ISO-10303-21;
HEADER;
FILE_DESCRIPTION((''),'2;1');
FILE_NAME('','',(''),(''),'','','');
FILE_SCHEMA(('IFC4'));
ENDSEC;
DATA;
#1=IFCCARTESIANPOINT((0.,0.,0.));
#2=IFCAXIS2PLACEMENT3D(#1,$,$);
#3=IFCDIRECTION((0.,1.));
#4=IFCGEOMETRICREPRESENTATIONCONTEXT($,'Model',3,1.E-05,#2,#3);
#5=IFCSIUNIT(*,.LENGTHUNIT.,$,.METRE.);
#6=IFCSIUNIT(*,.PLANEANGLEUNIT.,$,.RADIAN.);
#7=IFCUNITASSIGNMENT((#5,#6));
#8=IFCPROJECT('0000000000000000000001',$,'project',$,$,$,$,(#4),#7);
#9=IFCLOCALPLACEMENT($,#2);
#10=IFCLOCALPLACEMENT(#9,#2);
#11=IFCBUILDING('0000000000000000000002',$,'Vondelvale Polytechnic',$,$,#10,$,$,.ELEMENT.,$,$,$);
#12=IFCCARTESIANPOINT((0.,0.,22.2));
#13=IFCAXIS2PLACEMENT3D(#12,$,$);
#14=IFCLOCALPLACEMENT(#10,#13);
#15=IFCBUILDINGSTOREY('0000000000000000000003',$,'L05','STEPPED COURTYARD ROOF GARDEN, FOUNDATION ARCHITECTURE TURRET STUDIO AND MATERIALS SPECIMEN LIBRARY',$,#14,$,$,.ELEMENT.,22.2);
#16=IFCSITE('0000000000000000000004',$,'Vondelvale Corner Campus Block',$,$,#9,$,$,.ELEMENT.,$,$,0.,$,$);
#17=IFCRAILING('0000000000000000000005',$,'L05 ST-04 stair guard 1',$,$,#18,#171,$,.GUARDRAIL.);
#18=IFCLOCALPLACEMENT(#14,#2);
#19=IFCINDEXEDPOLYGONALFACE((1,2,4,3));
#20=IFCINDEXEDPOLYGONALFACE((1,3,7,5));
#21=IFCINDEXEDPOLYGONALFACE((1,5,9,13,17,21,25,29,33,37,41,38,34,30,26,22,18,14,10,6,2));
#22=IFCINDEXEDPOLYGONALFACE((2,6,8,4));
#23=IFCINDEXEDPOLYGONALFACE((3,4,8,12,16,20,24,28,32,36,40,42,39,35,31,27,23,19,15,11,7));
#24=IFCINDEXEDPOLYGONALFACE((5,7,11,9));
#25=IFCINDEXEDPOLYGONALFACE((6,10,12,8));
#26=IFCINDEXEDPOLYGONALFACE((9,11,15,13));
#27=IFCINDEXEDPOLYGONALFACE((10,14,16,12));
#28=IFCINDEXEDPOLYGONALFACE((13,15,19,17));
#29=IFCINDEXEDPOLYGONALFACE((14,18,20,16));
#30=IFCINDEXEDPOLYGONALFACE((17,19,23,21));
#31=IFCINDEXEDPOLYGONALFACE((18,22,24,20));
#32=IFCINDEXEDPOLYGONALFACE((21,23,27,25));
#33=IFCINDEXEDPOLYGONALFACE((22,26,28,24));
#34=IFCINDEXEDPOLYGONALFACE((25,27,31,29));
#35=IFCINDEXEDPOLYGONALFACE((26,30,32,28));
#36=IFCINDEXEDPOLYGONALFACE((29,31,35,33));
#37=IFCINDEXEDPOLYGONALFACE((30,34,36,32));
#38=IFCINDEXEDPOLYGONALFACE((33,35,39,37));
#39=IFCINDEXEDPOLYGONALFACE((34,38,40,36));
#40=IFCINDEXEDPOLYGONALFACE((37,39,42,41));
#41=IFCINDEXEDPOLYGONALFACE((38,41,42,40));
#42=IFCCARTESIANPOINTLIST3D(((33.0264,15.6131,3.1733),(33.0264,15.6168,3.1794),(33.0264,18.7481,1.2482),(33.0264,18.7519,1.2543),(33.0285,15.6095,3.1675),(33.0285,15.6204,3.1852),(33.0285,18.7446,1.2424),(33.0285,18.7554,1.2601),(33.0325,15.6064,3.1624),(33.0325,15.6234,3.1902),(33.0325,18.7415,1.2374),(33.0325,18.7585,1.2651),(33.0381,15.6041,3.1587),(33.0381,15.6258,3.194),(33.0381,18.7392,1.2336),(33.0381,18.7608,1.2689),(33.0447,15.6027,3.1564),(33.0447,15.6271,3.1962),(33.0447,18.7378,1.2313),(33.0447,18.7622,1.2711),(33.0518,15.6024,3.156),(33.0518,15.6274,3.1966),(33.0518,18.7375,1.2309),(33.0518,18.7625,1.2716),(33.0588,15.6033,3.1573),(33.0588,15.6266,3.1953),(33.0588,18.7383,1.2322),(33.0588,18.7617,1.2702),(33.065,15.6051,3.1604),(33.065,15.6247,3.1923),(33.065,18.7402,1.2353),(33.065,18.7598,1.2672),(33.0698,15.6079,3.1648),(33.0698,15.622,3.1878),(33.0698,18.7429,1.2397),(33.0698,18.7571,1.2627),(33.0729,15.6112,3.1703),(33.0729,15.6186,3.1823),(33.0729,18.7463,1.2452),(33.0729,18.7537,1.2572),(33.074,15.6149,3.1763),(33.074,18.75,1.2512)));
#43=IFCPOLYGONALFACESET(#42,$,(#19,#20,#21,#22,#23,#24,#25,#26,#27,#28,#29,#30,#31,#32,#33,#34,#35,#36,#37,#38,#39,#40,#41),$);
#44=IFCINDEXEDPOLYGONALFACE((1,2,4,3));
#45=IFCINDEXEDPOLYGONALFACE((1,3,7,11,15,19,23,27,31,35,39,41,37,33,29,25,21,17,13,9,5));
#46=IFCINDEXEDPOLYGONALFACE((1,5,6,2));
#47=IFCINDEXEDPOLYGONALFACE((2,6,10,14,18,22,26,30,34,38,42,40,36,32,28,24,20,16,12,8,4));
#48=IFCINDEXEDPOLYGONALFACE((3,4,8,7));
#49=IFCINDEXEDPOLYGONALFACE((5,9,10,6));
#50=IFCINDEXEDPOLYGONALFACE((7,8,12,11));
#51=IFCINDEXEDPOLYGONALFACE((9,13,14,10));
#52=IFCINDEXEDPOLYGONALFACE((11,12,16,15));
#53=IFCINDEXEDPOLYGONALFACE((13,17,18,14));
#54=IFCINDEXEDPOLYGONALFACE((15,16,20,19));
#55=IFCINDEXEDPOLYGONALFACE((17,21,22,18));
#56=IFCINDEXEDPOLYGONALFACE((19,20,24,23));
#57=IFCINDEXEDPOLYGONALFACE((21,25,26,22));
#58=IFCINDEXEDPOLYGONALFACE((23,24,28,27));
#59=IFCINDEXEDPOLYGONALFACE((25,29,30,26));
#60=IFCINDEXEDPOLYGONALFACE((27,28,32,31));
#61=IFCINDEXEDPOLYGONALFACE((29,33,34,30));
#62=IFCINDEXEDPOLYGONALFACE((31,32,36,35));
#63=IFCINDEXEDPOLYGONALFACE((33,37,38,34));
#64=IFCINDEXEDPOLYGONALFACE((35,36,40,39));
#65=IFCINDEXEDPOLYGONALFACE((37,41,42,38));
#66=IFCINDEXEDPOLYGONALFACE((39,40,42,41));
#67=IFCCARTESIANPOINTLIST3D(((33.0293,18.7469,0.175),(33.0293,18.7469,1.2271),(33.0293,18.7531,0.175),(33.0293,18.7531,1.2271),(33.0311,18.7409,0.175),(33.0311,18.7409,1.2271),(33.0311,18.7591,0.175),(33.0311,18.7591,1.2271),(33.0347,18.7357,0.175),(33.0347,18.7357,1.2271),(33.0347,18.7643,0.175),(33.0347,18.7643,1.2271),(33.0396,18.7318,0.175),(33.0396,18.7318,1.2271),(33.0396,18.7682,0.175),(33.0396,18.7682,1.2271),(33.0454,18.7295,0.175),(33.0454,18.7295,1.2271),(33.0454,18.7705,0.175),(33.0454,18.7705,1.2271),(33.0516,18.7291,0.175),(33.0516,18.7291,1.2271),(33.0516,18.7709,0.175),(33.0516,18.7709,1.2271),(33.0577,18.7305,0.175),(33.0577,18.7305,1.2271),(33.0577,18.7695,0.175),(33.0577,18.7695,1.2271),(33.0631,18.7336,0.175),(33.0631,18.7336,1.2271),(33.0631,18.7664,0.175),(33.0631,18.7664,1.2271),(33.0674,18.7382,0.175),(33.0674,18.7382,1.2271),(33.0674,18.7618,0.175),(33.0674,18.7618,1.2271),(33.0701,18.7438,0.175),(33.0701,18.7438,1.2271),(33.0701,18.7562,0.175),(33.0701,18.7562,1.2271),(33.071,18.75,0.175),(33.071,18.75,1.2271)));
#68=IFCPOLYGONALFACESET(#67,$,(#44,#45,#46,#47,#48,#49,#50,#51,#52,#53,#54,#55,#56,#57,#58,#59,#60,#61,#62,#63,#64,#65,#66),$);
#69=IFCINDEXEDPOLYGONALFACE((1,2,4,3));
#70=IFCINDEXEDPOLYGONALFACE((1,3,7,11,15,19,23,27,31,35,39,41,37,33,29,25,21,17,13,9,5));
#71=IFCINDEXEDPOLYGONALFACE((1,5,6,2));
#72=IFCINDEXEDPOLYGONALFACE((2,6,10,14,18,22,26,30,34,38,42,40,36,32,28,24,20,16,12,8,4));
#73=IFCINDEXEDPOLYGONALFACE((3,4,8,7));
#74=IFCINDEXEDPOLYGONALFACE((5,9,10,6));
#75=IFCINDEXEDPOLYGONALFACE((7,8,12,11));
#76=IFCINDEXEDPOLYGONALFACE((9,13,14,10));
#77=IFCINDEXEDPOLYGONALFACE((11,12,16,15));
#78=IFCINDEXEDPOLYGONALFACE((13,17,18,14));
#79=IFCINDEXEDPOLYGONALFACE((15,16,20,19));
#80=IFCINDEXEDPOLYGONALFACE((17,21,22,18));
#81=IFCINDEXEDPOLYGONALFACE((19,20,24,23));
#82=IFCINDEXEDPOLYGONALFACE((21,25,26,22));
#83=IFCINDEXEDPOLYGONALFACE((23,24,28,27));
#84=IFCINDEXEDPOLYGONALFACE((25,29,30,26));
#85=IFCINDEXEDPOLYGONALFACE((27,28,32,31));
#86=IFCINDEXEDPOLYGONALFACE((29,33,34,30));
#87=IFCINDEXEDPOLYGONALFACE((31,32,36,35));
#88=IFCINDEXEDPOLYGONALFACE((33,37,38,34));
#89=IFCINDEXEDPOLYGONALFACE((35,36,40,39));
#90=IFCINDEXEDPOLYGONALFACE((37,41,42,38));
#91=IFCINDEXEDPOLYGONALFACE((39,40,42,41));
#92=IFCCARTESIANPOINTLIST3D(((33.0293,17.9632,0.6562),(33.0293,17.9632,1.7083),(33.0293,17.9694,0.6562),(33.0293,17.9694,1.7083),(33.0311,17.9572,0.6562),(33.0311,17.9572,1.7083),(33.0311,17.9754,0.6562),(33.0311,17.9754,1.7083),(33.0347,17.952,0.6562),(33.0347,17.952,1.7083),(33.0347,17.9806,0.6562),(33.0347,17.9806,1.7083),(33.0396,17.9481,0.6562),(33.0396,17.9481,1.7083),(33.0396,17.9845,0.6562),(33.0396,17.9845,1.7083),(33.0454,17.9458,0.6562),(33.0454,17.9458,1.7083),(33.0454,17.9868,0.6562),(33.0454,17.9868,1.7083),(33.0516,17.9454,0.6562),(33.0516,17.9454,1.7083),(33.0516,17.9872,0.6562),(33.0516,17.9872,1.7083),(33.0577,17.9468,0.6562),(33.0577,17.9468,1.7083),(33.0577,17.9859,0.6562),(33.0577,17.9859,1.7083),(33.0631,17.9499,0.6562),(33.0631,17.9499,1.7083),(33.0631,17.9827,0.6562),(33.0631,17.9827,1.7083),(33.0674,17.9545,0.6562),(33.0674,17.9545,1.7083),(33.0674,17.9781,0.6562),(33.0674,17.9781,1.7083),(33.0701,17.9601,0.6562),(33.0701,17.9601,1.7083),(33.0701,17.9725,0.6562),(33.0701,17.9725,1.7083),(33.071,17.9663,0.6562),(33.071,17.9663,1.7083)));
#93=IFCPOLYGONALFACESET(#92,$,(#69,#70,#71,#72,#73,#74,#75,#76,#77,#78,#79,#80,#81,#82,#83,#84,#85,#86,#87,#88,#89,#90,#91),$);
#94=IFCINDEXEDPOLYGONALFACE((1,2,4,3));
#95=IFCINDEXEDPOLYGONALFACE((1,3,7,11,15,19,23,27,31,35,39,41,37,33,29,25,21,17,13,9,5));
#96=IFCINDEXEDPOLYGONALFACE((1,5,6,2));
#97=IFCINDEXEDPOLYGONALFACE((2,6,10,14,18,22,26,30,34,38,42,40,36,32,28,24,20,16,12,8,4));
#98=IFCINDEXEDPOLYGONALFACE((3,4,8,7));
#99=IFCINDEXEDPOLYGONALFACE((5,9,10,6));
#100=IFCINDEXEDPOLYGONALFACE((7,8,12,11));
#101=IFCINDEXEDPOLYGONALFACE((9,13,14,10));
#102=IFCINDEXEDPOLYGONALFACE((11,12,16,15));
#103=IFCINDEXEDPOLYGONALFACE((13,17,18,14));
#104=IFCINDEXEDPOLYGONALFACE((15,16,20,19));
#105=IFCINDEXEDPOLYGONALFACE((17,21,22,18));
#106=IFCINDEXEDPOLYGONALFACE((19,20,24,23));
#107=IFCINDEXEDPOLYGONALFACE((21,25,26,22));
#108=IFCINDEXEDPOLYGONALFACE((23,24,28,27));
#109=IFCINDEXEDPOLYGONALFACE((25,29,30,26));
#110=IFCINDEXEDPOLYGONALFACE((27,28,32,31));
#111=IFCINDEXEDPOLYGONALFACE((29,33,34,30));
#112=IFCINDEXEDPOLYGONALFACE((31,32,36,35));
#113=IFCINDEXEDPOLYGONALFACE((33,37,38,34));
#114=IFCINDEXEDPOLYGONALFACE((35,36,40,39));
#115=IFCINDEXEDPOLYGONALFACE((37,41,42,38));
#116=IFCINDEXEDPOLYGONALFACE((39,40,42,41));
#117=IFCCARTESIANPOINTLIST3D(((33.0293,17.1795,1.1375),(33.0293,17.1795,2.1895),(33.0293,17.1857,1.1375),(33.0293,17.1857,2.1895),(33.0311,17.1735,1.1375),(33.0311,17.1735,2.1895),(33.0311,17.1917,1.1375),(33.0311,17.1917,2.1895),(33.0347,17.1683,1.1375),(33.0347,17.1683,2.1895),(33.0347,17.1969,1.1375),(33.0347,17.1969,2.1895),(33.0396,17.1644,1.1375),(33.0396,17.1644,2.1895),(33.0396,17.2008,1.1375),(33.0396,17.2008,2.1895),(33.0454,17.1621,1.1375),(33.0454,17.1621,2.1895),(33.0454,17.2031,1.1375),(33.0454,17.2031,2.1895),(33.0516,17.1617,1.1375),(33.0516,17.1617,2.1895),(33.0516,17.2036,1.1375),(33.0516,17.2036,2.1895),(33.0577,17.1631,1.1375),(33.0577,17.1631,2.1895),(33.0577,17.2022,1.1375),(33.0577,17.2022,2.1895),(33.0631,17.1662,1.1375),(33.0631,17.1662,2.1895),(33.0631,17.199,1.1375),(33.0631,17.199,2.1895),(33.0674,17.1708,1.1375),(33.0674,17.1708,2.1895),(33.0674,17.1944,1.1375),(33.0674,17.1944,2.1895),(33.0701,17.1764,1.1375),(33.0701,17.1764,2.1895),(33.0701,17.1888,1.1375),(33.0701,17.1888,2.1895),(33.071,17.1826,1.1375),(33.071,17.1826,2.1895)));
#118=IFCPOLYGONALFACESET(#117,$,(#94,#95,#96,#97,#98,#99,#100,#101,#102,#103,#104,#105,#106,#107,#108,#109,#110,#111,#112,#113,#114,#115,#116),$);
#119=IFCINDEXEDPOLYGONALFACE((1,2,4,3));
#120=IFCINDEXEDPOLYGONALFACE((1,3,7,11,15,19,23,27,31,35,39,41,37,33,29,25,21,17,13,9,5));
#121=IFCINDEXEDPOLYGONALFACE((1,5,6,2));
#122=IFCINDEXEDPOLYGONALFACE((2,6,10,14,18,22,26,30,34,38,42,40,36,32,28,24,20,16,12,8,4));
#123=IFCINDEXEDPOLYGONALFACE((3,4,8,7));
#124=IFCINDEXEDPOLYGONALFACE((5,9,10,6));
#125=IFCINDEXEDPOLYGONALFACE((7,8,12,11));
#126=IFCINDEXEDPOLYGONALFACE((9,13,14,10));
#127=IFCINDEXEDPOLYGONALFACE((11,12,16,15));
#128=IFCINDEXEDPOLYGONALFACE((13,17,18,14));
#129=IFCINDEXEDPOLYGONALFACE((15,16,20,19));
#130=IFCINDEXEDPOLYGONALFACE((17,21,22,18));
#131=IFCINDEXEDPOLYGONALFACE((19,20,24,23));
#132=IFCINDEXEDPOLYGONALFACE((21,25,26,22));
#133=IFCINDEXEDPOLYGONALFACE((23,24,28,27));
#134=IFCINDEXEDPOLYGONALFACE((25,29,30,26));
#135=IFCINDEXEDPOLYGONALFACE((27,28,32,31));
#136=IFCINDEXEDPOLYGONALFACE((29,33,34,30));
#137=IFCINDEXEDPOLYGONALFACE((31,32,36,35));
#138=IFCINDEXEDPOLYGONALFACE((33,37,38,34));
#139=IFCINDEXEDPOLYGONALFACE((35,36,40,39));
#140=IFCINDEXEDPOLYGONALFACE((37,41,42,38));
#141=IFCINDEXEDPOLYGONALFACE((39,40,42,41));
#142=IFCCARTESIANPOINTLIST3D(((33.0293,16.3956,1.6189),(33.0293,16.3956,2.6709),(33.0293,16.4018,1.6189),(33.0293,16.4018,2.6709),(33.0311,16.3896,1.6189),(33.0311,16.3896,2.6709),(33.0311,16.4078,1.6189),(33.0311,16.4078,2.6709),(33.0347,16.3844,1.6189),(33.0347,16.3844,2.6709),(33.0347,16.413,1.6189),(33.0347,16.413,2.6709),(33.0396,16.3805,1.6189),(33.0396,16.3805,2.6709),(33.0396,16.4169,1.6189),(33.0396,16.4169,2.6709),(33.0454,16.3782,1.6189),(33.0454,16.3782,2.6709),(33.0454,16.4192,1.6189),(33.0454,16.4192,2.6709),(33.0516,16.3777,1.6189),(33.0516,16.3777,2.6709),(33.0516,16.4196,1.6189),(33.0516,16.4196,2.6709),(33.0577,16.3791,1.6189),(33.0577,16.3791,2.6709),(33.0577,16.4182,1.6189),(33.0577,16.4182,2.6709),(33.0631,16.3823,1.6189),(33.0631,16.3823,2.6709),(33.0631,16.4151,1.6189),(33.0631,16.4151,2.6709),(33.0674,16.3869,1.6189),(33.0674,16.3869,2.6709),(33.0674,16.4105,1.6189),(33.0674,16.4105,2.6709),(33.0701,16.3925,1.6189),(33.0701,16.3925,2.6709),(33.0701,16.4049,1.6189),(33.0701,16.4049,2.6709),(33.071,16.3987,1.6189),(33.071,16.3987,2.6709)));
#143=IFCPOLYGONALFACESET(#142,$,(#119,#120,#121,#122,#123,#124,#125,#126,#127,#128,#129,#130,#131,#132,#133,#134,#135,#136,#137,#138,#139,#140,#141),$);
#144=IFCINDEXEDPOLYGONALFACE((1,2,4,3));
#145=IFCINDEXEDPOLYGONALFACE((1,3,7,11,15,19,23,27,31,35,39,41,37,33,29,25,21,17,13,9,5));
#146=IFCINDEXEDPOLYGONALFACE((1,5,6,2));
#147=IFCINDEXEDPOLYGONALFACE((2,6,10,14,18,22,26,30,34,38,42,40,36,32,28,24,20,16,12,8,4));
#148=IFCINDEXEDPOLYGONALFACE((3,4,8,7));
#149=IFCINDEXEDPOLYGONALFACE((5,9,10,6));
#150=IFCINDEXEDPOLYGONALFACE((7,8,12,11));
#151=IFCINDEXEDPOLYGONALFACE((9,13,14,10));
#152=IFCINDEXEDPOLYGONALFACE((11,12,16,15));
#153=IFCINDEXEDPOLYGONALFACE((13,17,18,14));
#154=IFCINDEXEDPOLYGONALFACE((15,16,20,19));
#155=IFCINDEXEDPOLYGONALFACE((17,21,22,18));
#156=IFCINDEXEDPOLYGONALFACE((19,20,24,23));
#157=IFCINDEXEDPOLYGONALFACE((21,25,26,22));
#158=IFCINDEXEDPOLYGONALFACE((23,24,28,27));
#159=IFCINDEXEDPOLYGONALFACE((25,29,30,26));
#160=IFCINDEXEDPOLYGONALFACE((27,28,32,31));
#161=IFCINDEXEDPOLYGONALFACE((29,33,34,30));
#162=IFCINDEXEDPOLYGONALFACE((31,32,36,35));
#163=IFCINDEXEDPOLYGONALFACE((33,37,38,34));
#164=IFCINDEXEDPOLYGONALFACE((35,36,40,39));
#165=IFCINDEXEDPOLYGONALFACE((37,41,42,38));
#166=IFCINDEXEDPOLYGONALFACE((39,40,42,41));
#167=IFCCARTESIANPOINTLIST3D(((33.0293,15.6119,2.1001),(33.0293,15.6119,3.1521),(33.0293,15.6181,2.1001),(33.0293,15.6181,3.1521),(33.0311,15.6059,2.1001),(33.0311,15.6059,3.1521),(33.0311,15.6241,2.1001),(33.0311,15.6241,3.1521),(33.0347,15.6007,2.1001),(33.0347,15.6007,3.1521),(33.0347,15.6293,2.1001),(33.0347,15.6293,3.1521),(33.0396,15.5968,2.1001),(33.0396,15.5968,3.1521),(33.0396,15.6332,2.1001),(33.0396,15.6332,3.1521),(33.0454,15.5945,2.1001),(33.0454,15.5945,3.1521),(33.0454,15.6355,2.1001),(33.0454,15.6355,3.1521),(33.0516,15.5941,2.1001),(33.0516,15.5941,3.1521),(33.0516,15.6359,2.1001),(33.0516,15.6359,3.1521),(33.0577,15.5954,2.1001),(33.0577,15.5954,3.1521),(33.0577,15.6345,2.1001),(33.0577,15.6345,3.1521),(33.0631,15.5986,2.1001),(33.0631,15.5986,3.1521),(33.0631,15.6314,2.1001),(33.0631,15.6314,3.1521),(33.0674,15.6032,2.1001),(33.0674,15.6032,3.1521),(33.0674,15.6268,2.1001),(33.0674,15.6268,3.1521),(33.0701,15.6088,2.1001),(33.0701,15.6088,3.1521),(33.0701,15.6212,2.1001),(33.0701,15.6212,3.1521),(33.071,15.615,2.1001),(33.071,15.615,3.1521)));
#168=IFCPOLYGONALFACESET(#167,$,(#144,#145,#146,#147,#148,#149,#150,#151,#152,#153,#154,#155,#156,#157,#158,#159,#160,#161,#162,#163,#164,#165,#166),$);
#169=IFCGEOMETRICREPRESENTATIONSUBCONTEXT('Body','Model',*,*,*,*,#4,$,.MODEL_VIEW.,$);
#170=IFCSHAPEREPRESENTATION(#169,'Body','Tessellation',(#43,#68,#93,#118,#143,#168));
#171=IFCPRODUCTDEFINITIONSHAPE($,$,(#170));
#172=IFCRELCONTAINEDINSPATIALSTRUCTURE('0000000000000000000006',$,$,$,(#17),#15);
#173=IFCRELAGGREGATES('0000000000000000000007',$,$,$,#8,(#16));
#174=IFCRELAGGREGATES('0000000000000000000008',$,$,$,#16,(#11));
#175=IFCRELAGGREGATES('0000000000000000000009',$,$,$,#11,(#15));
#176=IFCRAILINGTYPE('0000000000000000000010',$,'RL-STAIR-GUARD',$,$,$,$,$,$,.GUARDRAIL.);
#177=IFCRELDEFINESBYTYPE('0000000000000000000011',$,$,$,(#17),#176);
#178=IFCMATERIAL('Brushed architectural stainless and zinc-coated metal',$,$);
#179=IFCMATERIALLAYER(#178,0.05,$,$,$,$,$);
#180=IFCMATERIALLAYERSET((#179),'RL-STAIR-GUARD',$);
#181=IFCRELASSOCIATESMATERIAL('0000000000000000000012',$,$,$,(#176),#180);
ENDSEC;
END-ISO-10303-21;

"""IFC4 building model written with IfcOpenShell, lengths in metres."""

from ifc_helpers import new_model, si_unit, direction, frame, origin, origin_2d, place, context, subcontext, project, spatial, circle, extrude, material, layer, layer_set, type_object, element, save


model = new_model("IFC4")

# Units and contexts
model_context = context("Model", 3, precision=1e-05, world=origin(), true_north=direction((0.0, 1.0)))
body_context = subcontext(model_context, "Body", "Model", "MODEL_VIEW")
ifc_project = project(units=[si_unit("LENGTHUNIT", "METRE"), si_unit("PLANEANGLEUNIT", "RADIAN")], contexts=[model_context])

# Site, building, storey
site_placement = place(None, origin())
site = spatial("IfcSite", under=ifc_project, at=site_placement, Name="Vondelvale Corner Campus Block", CompositionType="ELEMENT", RefElevation=0.0)
building_placement = place(site_placement, origin())
building = spatial("IfcBuilding", under=site, at=building_placement, Name="Vondelvale Polytechnic", CompositionType="ELEMENT")
storey_placement = place(building_placement, frame((0.0, 0.0, 22.2)))
storey = spatial("IfcBuildingStorey", under=building, at=storey_placement, Name="L05", Description="STEPPED COURTYARD ROOF GARDEN, FOUNDATION ARCHITECTURE TURRET STUDIO AND MATERIALS SPECIMEN LIBRARY", CompositionType="ELEMENT", Elevation=22.2)

# Shared definitions
ifc_material_1 = material(Name="Brushed architectural stainless and zinc-coated metal")

# Railing
ifc_layer_1 = layer(ifc_material_1, 0.05)
ifc_layer_set_1 = layer_set([ifc_layer_1], Name="RL-STAIR-GUARD")
railing_type_1 = type_object("IfcRailingType", Name="RL-STAIR-GUARD", PredefinedType="GUARDRAIL", material=ifc_layer_set_1)
railing_1_placement = place(storey_placement, frame((33.05, 18.75, 0.175)))
element("IfcRailing", 1, at=railing_1_placement, inside=storey, type_object=railing_type_1, Name="L05 ST-04 stair guard 1", PredefinedType="GUARDRAIL", context=body_context, shape_type="SweptSolid", body=[
    extrude(circle(Radius=0.0239, at=origin_2d()), frame((0.0, 0.0, 1.0762), z_axis=(0.0, -0.852166, 0.523271), x_axis=(1.0, 0.0, 0.0)), (0.0, 0.0, 1.0), 3.679),
    extrude(circle(Radius=0.021, at=origin_2d()), origin(), (0.0, 0.0, 1.0), 1.052),
    extrude(circle(Radius=0.021, at=origin_2d()), frame((0.0, -0.7837, 0.4812)), (0.0, 0.0, 1.0), 1.052),
    extrude(circle(Radius=0.021, at=origin_2d()), frame((0.0, -1.5674, 0.9624)), (0.0, 0.0, 1.0), 1.052),
    extrude(circle(Radius=0.021, at=origin_2d()), frame((0.0, -2.3513, 1.4438)), (0.0, 0.0, 1.0), 1.052),
    extrude(circle(Radius=0.021, at=origin_2d()), frame((0.0, -3.135, 1.925)), (0.0, 0.0, 1.0), 1.052),
])

save(model, "model.ifc")
